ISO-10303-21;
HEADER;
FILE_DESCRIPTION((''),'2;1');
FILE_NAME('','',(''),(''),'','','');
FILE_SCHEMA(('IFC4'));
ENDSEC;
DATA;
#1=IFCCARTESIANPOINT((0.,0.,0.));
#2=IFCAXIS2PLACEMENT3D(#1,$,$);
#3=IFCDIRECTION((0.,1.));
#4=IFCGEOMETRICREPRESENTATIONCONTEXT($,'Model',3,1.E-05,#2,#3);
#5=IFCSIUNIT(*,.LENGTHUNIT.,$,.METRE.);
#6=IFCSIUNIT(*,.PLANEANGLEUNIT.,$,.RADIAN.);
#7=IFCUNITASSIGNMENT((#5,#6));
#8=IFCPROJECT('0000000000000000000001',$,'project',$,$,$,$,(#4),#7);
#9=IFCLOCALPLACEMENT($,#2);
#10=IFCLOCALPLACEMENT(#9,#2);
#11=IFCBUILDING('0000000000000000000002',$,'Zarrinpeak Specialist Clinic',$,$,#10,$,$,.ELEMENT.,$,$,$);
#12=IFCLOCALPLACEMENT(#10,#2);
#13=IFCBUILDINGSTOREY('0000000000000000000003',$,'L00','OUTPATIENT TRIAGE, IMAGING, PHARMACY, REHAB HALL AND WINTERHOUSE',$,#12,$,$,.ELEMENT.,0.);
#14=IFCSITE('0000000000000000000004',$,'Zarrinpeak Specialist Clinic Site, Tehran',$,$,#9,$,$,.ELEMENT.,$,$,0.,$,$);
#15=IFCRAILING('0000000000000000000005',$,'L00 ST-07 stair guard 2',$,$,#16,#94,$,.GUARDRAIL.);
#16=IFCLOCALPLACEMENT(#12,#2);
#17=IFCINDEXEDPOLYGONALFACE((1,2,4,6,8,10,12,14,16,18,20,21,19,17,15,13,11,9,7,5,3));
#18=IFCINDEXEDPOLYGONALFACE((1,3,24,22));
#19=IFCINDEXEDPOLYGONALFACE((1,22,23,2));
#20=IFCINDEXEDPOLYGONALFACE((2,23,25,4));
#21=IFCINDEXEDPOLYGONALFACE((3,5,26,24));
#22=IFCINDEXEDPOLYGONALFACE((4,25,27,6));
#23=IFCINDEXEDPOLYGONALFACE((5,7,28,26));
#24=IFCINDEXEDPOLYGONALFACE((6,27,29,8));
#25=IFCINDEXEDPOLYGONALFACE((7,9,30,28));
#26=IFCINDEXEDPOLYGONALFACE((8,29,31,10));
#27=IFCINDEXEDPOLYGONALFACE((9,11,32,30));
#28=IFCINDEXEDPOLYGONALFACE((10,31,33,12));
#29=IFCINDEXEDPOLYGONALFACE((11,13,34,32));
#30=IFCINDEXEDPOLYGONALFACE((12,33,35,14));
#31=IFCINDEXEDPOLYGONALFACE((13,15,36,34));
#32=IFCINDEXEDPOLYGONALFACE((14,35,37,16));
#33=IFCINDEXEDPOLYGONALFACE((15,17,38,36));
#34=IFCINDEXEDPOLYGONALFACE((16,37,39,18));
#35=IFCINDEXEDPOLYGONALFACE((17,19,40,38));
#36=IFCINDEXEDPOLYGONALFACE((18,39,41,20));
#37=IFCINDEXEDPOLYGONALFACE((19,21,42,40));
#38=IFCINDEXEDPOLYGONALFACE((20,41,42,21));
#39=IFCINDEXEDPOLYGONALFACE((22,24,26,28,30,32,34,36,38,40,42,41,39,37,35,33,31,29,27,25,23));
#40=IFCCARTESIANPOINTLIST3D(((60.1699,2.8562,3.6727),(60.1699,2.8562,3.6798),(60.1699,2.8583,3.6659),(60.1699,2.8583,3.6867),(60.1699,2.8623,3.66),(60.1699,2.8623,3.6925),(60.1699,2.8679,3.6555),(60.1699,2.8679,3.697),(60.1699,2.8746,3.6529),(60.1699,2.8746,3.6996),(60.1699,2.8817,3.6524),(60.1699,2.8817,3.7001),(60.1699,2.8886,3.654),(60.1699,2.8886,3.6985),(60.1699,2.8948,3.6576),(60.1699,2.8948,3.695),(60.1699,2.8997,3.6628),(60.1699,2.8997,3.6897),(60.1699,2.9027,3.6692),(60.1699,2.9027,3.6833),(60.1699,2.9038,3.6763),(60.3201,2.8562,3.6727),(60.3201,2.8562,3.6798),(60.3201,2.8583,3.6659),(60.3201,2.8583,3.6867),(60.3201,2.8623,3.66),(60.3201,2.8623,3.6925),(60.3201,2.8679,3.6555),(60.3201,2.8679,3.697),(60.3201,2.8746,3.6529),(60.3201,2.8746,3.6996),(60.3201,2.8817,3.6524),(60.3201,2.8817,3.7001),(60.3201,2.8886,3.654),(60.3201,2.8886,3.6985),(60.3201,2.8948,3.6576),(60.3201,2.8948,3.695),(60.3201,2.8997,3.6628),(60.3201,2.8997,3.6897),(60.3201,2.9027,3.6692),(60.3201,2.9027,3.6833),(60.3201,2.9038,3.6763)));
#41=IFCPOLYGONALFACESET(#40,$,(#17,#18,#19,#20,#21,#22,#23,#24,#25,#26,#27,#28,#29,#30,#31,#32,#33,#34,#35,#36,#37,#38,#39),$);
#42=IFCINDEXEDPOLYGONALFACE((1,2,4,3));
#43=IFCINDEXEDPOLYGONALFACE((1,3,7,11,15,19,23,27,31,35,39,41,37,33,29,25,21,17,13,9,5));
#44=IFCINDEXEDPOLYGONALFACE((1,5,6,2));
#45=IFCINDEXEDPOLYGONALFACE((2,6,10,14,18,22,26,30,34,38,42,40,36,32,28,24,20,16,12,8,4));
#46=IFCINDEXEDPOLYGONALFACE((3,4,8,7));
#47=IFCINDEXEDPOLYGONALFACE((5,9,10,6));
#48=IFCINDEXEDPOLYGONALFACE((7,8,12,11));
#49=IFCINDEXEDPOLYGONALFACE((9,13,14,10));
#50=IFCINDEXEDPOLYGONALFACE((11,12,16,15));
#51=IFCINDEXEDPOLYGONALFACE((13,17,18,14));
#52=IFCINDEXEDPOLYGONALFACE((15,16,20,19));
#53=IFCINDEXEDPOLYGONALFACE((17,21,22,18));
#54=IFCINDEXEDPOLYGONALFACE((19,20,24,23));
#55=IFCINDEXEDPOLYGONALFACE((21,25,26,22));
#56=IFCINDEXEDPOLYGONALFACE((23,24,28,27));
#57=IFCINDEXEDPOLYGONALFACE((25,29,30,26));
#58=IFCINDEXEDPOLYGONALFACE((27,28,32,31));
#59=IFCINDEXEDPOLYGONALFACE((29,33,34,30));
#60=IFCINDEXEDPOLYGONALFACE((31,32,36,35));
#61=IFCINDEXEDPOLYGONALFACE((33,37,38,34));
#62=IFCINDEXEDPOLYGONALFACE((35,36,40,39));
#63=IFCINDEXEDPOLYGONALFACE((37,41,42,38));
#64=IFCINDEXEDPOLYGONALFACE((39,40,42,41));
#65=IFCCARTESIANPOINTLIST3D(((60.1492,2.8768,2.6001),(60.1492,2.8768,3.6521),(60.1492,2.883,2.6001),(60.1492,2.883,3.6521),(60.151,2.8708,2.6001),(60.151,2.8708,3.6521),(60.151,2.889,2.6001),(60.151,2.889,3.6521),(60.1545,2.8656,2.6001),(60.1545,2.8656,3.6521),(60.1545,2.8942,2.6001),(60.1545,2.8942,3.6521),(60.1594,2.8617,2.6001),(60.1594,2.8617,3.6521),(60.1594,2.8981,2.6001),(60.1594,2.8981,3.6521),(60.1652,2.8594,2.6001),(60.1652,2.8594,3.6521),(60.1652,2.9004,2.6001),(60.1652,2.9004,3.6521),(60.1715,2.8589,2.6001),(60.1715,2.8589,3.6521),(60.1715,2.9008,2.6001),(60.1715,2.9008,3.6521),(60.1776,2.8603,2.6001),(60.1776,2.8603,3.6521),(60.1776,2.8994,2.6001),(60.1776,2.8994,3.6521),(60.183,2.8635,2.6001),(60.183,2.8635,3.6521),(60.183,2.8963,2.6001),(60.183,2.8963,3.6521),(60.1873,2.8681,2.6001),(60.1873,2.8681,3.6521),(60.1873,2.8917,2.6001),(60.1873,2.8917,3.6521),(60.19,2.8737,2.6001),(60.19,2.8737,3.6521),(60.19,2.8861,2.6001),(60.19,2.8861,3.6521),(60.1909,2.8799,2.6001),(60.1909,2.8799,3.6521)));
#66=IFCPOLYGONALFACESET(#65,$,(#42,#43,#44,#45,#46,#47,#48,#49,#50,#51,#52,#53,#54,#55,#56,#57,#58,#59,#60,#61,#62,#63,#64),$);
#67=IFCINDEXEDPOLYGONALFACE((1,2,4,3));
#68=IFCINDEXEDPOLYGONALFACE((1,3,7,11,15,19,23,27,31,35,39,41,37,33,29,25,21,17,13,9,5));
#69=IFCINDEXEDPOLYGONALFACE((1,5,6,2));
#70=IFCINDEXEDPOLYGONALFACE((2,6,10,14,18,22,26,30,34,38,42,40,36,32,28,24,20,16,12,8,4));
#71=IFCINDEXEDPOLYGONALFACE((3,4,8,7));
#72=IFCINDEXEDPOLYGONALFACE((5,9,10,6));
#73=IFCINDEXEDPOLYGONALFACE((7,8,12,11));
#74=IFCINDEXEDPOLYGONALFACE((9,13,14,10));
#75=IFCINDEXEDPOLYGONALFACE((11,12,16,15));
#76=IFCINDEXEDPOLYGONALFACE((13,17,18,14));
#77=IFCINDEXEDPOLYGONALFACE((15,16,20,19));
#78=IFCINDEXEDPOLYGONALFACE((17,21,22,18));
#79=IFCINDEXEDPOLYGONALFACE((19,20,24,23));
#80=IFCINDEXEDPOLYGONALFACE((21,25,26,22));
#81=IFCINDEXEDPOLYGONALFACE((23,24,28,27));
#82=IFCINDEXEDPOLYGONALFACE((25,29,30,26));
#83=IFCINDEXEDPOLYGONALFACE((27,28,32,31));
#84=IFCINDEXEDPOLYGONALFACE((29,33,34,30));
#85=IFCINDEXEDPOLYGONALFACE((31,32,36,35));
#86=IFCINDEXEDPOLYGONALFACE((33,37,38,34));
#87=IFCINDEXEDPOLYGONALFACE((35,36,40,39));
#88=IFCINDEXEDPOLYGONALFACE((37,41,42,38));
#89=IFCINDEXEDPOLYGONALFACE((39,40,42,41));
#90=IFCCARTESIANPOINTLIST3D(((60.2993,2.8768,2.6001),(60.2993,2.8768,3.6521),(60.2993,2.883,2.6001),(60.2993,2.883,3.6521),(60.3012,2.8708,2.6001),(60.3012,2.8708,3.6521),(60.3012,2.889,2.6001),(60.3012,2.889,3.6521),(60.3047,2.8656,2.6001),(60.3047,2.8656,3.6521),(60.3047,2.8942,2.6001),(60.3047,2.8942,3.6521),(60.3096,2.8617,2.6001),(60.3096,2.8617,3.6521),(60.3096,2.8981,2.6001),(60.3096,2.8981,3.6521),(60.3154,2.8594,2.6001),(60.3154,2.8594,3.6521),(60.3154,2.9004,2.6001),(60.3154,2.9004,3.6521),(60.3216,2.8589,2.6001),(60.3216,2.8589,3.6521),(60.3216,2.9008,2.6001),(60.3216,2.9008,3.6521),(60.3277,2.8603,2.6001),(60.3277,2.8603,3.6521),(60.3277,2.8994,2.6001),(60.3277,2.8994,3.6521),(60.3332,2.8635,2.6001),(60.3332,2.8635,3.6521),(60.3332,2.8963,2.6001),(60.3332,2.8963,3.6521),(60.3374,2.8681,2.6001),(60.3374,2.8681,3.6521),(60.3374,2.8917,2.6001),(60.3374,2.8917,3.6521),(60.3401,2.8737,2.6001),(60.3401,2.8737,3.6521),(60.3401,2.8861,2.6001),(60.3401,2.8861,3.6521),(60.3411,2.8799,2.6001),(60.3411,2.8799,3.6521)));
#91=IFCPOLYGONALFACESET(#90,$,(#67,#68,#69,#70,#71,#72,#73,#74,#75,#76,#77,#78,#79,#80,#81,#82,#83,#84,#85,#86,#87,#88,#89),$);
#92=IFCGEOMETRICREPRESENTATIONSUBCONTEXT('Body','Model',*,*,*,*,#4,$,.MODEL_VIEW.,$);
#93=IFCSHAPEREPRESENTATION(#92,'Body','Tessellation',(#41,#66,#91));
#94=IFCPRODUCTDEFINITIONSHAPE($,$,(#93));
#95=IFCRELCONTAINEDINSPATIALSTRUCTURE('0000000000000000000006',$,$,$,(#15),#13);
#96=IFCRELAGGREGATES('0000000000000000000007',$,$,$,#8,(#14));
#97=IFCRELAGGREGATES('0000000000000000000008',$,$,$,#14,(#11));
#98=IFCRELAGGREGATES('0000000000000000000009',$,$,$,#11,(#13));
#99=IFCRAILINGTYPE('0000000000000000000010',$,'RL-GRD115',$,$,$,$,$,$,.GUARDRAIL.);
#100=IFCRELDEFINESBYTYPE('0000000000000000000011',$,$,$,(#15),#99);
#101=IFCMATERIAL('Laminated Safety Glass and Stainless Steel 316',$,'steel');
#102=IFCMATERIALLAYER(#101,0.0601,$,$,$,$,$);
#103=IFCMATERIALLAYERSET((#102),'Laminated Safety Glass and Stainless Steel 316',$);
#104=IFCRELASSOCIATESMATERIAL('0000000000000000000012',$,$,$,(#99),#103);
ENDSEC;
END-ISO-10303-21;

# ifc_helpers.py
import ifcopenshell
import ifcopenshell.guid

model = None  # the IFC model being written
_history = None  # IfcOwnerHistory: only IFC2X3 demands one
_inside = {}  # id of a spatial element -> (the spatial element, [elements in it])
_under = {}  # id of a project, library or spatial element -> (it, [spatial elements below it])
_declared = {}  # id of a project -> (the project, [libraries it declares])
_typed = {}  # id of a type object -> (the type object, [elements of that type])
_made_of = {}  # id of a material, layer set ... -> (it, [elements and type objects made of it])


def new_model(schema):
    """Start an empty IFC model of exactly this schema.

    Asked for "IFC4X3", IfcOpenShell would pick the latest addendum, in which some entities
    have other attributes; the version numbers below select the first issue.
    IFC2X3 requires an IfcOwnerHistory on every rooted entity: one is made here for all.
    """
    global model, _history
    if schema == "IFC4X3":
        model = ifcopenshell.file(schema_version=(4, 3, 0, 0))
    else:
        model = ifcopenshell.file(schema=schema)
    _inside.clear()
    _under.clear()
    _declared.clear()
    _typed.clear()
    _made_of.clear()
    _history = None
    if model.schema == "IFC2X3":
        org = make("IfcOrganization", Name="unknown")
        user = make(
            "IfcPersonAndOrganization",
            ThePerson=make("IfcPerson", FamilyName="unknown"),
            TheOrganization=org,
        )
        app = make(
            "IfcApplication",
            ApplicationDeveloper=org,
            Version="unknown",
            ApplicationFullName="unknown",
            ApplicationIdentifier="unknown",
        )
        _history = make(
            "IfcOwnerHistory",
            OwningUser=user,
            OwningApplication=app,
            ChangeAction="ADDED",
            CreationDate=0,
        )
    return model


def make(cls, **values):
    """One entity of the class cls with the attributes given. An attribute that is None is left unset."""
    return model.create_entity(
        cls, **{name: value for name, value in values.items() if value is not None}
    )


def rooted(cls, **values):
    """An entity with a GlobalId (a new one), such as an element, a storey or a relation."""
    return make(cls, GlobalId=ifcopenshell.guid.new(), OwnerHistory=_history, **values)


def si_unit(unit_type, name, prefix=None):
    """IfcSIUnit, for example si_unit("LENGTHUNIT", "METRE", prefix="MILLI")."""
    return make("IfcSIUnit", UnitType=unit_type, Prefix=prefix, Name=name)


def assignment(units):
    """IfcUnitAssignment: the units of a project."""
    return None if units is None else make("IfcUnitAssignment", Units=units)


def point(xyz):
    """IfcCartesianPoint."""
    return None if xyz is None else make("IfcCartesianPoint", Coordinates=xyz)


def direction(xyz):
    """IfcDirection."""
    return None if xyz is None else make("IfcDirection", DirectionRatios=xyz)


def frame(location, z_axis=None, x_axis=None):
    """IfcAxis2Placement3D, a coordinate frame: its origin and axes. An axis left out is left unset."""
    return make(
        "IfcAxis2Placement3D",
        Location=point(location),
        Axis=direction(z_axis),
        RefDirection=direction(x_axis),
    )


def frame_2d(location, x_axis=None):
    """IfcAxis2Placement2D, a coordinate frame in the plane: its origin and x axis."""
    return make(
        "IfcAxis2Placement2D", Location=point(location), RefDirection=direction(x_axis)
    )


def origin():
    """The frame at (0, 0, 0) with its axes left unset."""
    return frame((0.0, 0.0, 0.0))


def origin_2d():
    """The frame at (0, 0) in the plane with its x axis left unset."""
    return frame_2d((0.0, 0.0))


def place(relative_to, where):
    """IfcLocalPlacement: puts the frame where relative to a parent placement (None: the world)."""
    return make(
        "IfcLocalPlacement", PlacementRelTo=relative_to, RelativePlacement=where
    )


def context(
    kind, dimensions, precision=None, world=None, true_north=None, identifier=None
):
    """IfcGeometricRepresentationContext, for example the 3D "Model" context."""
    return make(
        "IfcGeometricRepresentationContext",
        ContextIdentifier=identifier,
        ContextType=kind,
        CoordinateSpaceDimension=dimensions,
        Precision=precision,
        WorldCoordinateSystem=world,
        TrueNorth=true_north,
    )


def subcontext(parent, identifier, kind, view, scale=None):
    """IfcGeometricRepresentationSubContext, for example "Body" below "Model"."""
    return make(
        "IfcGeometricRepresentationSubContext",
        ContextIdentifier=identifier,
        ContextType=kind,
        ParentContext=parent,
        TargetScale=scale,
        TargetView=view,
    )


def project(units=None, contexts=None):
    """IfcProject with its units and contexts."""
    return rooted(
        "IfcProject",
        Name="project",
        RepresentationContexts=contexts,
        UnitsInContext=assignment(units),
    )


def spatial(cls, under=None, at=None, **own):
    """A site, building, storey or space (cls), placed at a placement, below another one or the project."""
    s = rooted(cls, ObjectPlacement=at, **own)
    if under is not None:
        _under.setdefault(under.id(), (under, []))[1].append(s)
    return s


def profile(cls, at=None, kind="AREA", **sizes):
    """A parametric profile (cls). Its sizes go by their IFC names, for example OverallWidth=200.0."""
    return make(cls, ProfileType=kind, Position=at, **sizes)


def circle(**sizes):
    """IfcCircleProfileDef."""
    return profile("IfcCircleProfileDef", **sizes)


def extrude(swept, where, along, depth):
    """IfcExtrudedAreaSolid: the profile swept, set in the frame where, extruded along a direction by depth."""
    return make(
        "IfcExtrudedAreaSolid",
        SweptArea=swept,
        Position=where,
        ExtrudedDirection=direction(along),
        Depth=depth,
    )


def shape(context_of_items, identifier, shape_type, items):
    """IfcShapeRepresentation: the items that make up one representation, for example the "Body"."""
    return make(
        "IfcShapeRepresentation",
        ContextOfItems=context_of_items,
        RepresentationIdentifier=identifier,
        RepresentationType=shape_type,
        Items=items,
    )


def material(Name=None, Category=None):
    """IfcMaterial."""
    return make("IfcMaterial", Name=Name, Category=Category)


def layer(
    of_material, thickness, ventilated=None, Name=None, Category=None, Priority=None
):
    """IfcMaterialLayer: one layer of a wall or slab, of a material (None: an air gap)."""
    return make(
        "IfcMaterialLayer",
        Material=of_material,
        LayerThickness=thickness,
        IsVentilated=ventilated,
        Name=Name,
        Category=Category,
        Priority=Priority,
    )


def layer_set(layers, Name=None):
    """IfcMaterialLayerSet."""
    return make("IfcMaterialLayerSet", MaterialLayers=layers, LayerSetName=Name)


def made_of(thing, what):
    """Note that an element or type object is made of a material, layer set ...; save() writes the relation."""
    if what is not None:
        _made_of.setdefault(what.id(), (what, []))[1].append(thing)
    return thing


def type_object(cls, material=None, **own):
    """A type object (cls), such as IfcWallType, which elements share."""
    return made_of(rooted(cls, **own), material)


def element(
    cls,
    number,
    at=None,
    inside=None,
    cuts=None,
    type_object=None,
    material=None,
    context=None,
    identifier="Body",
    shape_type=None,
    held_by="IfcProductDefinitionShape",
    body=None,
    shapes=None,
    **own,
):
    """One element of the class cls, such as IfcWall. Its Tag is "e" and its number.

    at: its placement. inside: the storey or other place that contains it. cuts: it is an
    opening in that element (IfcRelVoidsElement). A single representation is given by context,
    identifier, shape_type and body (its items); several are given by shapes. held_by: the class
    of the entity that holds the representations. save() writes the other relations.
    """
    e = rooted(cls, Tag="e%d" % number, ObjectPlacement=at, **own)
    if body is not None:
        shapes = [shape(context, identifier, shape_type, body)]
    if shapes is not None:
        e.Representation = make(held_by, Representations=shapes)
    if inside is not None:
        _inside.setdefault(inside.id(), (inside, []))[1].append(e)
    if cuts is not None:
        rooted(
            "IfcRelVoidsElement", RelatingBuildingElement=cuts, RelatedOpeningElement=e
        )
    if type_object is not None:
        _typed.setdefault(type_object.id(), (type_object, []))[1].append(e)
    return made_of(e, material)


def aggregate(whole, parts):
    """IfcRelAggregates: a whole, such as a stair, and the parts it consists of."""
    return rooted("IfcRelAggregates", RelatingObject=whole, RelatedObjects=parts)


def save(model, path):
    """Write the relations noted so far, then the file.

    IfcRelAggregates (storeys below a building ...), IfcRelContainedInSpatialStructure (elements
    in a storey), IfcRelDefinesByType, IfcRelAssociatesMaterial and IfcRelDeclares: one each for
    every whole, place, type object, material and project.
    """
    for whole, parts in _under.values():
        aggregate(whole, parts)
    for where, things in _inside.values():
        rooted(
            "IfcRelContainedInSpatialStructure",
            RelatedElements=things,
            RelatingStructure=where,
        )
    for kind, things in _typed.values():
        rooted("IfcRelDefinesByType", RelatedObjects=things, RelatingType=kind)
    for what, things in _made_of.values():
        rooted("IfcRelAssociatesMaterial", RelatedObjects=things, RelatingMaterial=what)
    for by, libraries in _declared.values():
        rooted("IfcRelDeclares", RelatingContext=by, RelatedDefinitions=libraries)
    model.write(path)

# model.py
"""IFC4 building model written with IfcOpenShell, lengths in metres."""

from ifc_helpers import new_model, si_unit, direction, frame, origin, origin_2d, place, context, subcontext, project, spatial, circle, extrude, material, layer, layer_set, type_object, element, save


model = new_model("IFC4")

# Units and contexts
model_context = context("Model", 3, precision=1e-05, world=origin(), true_north=direction((0.0, 1.0)))
body_context = subcontext(model_context, "Body", "Model", "MODEL_VIEW")
ifc_project = project(units=[si_unit("LENGTHUNIT", "METRE"), si_unit("PLANEANGLEUNIT", "RADIAN")], contexts=[model_context])

# Site, building, storey
site_placement = place(None, origin())
site = spatial("IfcSite", under=ifc_project, at=site_placement, Name="Zarrinpeak Specialist Clinic Site, Tehran", CompositionType="ELEMENT", RefElevation=0.0)
building_placement = place(site_placement, origin())
building = spatial("IfcBuilding", under=site, at=building_placement, Name="Zarrinpeak Specialist Clinic", CompositionType="ELEMENT")
storey_placement = place(building_placement, origin())
storey = spatial("IfcBuildingStorey", under=building, at=storey_placement, Name="L00", Description="OUTPATIENT TRIAGE, IMAGING, PHARMACY, REHAB HALL AND WINTERHOUSE", CompositionType="ELEMENT", Elevation=0.0)

# Railing
ifc_material_1 = material(Name="Laminated Safety Glass and Stainless Steel 316", Category="steel")
ifc_layer_1 = layer(ifc_material_1, 0.0601)
ifc_layer_set_1 = layer_set([ifc_layer_1], Name="Laminated Safety Glass and Stainless Steel 316")
railing_type_1 = type_object("IfcRailingType", Name="RL-GRD115", PredefinedType="GUARDRAIL", material=ifc_layer_set_1)
railing_1_placement = place(storey_placement, frame((60.1699, 2.8799, 2.6001)))
element("IfcRailing", 1, at=railing_1_placement, inside=storey, type_object=railing_type_1, Name="L00 ST-07 stair guard 2", PredefinedType="GUARDRAIL", context=body_context, shape_type="SweptSolid", body=[
    extrude(circle(Radius=0.0239, at=origin_2d()), frame((0.0, 0.0, 1.0762), z_axis=(1.0, 0.0, 0.0), x_axis=(0.0, 1.0, 0.0)), (0.0, 0.0, 1.0), 0.1501),
    extrude(circle(Radius=0.021, at=origin_2d()), origin(), (0.0, 0.0, 1.0), 1.052),
    extrude(circle(Radius=0.021, at=origin_2d()), frame((0.1501, 0.0, 0.0)), (0.0, 0.0, 1.0), 1.052),
])

save(model, "model.ifc")
